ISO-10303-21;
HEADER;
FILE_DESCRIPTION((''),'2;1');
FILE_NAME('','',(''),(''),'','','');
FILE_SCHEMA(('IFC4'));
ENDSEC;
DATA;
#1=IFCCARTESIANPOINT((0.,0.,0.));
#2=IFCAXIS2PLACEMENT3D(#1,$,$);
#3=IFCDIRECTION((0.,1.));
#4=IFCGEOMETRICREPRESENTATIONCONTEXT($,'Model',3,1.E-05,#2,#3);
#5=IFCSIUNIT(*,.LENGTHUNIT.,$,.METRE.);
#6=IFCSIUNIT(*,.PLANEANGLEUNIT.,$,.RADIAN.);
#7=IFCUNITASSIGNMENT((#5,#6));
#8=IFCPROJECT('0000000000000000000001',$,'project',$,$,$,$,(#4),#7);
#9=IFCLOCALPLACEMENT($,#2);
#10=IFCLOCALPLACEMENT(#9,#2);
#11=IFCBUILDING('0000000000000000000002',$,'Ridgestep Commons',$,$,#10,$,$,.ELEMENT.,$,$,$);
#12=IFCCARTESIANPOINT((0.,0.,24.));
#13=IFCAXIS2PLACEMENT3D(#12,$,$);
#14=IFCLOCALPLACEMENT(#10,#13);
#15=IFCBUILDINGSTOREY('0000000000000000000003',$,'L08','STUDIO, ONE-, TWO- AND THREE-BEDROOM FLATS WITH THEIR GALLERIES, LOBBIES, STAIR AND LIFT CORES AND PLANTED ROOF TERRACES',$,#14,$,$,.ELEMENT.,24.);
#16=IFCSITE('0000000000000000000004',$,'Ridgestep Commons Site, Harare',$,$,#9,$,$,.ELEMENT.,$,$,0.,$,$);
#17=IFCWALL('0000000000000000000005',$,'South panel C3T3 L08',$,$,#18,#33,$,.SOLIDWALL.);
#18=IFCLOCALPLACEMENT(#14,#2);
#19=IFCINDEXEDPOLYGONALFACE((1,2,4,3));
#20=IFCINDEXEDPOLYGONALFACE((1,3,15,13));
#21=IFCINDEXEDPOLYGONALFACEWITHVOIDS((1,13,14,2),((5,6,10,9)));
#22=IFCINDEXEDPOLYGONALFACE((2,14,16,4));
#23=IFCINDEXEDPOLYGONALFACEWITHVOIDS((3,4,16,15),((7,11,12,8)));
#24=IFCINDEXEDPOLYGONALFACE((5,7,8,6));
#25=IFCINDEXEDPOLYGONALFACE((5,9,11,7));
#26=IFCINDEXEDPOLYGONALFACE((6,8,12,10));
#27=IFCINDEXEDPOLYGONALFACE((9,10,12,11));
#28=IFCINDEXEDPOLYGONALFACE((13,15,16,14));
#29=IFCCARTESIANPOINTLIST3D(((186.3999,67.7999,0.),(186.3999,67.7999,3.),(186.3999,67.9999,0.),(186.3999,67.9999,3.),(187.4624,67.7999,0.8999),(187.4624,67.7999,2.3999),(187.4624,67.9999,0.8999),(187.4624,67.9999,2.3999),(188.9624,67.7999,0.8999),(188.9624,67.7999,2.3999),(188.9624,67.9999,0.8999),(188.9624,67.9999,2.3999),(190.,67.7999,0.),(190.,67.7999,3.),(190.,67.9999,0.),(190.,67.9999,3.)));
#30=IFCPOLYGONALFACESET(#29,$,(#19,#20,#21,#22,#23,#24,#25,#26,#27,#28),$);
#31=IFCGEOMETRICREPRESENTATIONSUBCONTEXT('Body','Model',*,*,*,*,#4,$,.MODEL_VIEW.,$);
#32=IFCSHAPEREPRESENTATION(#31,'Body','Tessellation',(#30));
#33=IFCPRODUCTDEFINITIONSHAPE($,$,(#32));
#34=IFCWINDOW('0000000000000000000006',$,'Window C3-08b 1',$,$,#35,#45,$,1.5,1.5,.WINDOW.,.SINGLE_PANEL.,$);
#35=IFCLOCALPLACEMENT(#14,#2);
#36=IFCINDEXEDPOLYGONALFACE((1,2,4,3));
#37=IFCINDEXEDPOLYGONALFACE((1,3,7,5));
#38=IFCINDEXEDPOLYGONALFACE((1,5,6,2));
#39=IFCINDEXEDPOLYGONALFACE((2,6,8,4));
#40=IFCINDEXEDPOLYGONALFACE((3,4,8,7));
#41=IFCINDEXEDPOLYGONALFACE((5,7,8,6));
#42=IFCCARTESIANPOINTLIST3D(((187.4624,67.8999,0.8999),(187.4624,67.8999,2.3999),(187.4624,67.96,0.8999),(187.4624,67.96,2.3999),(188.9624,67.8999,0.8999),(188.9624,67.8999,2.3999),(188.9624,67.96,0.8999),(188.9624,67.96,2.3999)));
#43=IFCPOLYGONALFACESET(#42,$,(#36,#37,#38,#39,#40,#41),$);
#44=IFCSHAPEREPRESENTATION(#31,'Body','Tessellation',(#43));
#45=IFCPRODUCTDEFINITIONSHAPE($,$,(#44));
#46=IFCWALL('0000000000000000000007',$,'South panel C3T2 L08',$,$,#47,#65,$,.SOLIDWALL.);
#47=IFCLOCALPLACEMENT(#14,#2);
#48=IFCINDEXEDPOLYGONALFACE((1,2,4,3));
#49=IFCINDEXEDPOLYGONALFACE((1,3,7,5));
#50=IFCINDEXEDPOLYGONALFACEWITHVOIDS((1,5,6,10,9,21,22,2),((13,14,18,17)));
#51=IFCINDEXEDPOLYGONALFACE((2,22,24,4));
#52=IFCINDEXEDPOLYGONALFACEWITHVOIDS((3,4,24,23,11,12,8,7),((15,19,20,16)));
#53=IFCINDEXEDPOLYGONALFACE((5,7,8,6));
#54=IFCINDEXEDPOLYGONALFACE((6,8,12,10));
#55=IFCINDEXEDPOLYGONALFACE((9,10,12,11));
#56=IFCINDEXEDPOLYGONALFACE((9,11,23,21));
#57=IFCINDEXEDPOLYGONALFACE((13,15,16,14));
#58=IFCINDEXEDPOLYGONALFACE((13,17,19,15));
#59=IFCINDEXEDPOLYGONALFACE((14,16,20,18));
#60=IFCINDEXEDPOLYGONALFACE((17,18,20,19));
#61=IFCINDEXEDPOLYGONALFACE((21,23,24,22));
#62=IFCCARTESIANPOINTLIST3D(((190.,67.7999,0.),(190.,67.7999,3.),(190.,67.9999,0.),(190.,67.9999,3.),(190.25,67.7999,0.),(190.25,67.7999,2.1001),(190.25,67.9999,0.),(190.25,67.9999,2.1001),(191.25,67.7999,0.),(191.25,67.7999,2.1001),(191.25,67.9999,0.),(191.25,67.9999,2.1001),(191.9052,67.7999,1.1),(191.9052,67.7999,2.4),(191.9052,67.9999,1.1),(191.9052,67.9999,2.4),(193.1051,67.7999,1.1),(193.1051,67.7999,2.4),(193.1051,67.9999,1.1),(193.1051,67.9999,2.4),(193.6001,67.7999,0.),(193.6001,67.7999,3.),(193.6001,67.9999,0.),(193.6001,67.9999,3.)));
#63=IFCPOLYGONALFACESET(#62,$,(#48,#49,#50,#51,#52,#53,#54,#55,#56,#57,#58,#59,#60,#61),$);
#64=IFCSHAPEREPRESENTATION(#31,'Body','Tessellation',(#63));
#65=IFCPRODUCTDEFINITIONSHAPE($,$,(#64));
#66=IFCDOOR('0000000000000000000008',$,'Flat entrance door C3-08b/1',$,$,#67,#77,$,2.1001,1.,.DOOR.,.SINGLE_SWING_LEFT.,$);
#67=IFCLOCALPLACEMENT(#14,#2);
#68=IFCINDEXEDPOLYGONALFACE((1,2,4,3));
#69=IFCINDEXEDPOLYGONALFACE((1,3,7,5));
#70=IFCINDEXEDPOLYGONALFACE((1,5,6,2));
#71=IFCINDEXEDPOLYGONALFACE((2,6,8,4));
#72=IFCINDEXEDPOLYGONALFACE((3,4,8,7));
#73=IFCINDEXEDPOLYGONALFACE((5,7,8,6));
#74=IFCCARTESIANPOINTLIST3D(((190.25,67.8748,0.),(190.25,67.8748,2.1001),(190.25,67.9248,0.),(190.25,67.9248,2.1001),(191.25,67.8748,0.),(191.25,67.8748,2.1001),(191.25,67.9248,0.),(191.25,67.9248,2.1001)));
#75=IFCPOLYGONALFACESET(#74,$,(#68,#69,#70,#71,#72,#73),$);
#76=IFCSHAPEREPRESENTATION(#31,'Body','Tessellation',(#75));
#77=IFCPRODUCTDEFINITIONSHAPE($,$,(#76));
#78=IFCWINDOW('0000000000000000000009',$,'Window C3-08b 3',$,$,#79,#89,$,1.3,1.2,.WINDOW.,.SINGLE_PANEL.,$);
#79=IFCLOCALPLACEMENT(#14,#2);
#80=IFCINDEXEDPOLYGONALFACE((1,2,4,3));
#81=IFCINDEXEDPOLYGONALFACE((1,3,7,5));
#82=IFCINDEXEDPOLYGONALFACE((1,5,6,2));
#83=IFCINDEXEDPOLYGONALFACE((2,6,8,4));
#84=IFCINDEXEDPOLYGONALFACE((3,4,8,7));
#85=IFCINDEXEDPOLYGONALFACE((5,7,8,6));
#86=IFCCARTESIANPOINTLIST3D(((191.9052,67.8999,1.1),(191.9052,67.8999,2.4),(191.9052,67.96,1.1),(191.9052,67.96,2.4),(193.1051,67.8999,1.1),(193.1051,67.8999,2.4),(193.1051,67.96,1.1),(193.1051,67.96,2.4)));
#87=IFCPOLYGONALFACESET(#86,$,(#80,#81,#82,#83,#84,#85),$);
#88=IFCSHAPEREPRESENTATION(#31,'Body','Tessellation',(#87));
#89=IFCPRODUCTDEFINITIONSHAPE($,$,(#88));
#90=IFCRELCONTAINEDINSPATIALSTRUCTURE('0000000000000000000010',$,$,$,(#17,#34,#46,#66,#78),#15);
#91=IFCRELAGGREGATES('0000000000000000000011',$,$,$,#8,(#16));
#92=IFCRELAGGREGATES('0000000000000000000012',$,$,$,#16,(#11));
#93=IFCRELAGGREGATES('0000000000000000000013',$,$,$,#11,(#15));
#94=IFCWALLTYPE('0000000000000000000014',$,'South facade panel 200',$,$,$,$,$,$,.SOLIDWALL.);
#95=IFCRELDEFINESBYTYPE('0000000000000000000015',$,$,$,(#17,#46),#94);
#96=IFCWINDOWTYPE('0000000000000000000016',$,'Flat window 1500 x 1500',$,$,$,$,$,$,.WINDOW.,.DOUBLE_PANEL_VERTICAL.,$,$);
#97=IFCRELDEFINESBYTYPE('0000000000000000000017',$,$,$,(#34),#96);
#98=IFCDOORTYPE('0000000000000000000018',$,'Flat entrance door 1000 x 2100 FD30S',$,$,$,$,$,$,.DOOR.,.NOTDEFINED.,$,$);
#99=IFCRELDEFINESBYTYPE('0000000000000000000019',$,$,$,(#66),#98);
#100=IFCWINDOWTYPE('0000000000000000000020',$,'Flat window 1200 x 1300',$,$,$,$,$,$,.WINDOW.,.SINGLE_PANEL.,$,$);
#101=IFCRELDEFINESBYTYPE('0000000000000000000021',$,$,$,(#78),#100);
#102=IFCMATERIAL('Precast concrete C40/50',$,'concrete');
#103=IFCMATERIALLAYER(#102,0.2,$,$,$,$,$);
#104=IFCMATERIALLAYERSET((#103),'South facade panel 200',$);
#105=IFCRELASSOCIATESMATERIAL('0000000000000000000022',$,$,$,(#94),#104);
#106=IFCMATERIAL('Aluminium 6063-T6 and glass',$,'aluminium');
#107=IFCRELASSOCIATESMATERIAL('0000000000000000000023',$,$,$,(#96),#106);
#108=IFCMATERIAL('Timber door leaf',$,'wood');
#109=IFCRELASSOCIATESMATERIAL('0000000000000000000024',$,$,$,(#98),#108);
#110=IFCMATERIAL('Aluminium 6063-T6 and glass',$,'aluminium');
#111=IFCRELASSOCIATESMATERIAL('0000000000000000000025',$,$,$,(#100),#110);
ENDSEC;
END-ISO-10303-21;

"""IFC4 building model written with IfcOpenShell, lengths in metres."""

from ifc_helpers import new_model, si_unit, direction, frame, frame_2d, origin, place, context, subcontext, project, spatial, rectangle, extrude, material, layer, layer_set, type_object, element, fill, save


model = new_model("IFC4")

# Units and contexts
model_context = context("Model", 3, precision=1e-05, world=origin(), true_north=direction((0.0, 1.0)))
body_context = subcontext(model_context, "Body", "Model", "MODEL_VIEW")
ifc_project = project(units=[si_unit("LENGTHUNIT", "METRE"), si_unit("PLANEANGLEUNIT", "RADIAN")], contexts=[model_context])

# Site, building, storey
site_placement = place(None, origin())
site = spatial("IfcSite", under=ifc_project, at=site_placement, Name="Ridgestep Commons Site, Harare", CompositionType="ELEMENT", RefElevation=0.0)
building_placement = place(site_placement, origin())
building = spatial("IfcBuilding", under=site, at=building_placement, Name="Ridgestep Commons", CompositionType="ELEMENT")
storey_placement = place(building_placement, frame((0.0, 0.0, 24.0)))
storey = spatial("IfcBuildingStorey", under=building, at=storey_placement, Name="L08", Description="STUDIO, ONE-, TWO- AND THREE-BEDROOM FLATS WITH THEIR GALLERIES, LOBBIES, STAIR AND LIFT CORES AND PLANTED ROOF TERRACES", CompositionType="ELEMENT", Elevation=24.0)

# Wall, opening, window
ifc_material_1 = material(Name="Precast concrete C40/50", Category="concrete")
ifc_layer_1 = layer(ifc_material_1, 0.2)
ifc_layer_set_1 = layer_set([ifc_layer_1], Name="South facade panel 200")
wall_type_1 = type_object("IfcWallType", Name="South facade panel 200", PredefinedType="SOLIDWALL", material=ifc_layer_set_1)
wall_1_placement = place(storey_placement, frame((186.3999, 67.8999, 0.0), z_axis=(0.0, 0.0, 1.0), x_axis=(1.0, 0.0, 0.0)))
wall_1 = element("IfcWall", 1, at=wall_1_placement, inside=storey, type_object=wall_type_1, Name="South panel C3T3 L08", PredefinedType="SOLIDWALL", context=body_context, shape_type="SweptSolid", body=[
    extrude(rectangle(XDim=3.6001, YDim=0.2, at=frame_2d((1.8, 0.0))), origin(), (0.0, 0.0, 1.0), 3.0),
])
opening_1_placement = place(wall_1_placement, frame((1.0625, 0.0, 0.8999)))
opening_1 = element("IfcOpeningElement", 2, at=opening_1_placement, cuts=wall_1, PredefinedType="OPENING", context=body_context, shape_type="SweptSolid", body=[
    extrude(rectangle(XDim=1.5, YDim=1.5, at=frame_2d((0.75, 0.75))), frame((0.0, 0.1099, 0.0), z_axis=(0.0, -1.0, 0.0), x_axis=(1.0, 0.0, 0.0)), (0.0, 0.0, 1.0), 0.22),
])
ifc_material_2 = material(Name="Aluminium 6063-T6 and glass", Category="aluminium")
window_type_1 = type_object("IfcWindowType", Name="Flat window 1500 x 1500", PartitioningType="DOUBLE_PANEL_VERTICAL", PredefinedType="WINDOW", material=ifc_material_2)
window_1_placement = place(opening_1_placement, origin())
window_1 = element("IfcWindow", 3, at=window_1_placement, inside=storey, type_object=window_type_1, Name="Window C3-08b 1", OverallHeight=1.5, OverallWidth=1.5, PartitioningType="SINGLE_PANEL", PredefinedType="WINDOW", context=body_context, shape_type="SweptSolid", body=[
    extrude(rectangle(XDim=1.5, YDim=1.5, at=frame_2d((0.75, 0.75))), frame((0.0, 0.0601, 0.0), z_axis=(0.0, -1.0, 0.0), x_axis=(1.0, 0.0, 0.0)), (0.0, 0.0, 1.0), 0.0601),
])
fill(opening_1, window_1)

# Wall, openings, door, window
wall_2_placement = place(storey_placement, frame((190.0, 67.8999, 0.0), z_axis=(0.0, 0.0, 1.0), x_axis=(1.0, 0.0, 0.0)))
wall_2 = element("IfcWall", 4, at=wall_2_placement, inside=storey, type_object=wall_type_1, Name="South panel C3T2 L08", PredefinedType="SOLIDWALL", context=body_context, shape_type="SweptSolid", body=[
    extrude(rectangle(XDim=3.6001, YDim=0.2, at=frame_2d((1.8, 0.0))), origin(), (0.0, 0.0, 1.0), 3.0),
])
opening_2_placement = place(wall_2_placement, frame((1.905, 0.0, 1.1001)))
opening_2 = element("IfcOpeningElement", 5, at=opening_2_placement, cuts=wall_2, PredefinedType="OPENING", context=body_context, shape_type="SweptSolid", body=[
    extrude(rectangle(XDim=1.2, YDim=1.3, at=frame_2d((0.6001, 0.6499))), frame((0.0, 0.1099, 0.0), z_axis=(0.0, -1.0, 0.0), x_axis=(1.0, 0.0, 0.0)), (0.0, 0.0, 1.0), 0.22),
])
opening_3_placement = place(wall_2_placement, frame((0.25, 0.0, 0.0)))
opening_3 = element("IfcOpeningElement", 6, at=opening_3_placement, cuts=wall_2, PredefinedType="OPENING", context=body_context, shape_type="SweptSolid", body=[
    extrude(rectangle(XDim=1.0, YDim=2.1001, at=frame_2d((0.5, 1.05))), frame((0.0, 0.1099, 0.0), z_axis=(0.0, -1.0, 0.0), x_axis=(1.0, 0.0, 0.0)), (0.0, 0.0, 1.0), 0.22),
])
ifc_material_3 = material(Name="Timber door leaf", Category="wood")
door_type_1 = type_object("IfcDoorType", Name="Flat entrance door 1000 x 2100 FD30S", OperationType="NOTDEFINED", PredefinedType="DOOR", material=ifc_material_3)
door_1_placement = place(opening_3_placement, origin())
door_1 = element("IfcDoor", 7, at=door_1_placement, inside=storey, type_object=door_type_1, Name="Flat entrance door C3-08b/1", OperationType="SINGLE_SWING_LEFT", OverallHeight=2.1001, OverallWidth=1.0, PredefinedType="DOOR", context=body_context, shape_type="SweptSolid", body=[
    extrude(rectangle(XDim=1.0, YDim=2.1001, at=frame_2d((0.5, 1.05))), frame((0.0, 0.0249, 0.0), z_axis=(0.0, -1.0, 0.0), x_axis=(1.0, 0.0, 0.0)), (0.0, 0.0, 1.0), 0.05),
])
fill(opening_3, door_1)
ifc_material_4 = material(Name="Aluminium 6063-T6 and glass", Category="aluminium")
window_type_2 = type_object("IfcWindowType", Name="Flat window 1200 x 1300", PartitioningType="SINGLE_PANEL", PredefinedType="WINDOW", material=ifc_material_4)
window_2_placement = place(opening_2_placement, origin())
window_2 = element("IfcWindow", 8, at=window_2_placement, inside=storey, type_object=window_type_2, Name="Window C3-08b 3", OverallHeight=1.3, OverallWidth=1.2, PartitioningType="SINGLE_PANEL", PredefinedType="WINDOW", context=body_context, shape_type="SweptSolid", body=[
    extrude(rectangle(XDim=1.2, YDim=1.3, at=frame_2d((0.6001, 0.6499))), frame((0.0, 0.0601, 0.0), z_axis=(0.0, -1.0, 0.0), x_axis=(1.0, 0.0, 0.0)), (0.0, 0.0, 1.0), 0.0601),
])
fill(opening_2, window_2)

save(model, "model.ifc")
